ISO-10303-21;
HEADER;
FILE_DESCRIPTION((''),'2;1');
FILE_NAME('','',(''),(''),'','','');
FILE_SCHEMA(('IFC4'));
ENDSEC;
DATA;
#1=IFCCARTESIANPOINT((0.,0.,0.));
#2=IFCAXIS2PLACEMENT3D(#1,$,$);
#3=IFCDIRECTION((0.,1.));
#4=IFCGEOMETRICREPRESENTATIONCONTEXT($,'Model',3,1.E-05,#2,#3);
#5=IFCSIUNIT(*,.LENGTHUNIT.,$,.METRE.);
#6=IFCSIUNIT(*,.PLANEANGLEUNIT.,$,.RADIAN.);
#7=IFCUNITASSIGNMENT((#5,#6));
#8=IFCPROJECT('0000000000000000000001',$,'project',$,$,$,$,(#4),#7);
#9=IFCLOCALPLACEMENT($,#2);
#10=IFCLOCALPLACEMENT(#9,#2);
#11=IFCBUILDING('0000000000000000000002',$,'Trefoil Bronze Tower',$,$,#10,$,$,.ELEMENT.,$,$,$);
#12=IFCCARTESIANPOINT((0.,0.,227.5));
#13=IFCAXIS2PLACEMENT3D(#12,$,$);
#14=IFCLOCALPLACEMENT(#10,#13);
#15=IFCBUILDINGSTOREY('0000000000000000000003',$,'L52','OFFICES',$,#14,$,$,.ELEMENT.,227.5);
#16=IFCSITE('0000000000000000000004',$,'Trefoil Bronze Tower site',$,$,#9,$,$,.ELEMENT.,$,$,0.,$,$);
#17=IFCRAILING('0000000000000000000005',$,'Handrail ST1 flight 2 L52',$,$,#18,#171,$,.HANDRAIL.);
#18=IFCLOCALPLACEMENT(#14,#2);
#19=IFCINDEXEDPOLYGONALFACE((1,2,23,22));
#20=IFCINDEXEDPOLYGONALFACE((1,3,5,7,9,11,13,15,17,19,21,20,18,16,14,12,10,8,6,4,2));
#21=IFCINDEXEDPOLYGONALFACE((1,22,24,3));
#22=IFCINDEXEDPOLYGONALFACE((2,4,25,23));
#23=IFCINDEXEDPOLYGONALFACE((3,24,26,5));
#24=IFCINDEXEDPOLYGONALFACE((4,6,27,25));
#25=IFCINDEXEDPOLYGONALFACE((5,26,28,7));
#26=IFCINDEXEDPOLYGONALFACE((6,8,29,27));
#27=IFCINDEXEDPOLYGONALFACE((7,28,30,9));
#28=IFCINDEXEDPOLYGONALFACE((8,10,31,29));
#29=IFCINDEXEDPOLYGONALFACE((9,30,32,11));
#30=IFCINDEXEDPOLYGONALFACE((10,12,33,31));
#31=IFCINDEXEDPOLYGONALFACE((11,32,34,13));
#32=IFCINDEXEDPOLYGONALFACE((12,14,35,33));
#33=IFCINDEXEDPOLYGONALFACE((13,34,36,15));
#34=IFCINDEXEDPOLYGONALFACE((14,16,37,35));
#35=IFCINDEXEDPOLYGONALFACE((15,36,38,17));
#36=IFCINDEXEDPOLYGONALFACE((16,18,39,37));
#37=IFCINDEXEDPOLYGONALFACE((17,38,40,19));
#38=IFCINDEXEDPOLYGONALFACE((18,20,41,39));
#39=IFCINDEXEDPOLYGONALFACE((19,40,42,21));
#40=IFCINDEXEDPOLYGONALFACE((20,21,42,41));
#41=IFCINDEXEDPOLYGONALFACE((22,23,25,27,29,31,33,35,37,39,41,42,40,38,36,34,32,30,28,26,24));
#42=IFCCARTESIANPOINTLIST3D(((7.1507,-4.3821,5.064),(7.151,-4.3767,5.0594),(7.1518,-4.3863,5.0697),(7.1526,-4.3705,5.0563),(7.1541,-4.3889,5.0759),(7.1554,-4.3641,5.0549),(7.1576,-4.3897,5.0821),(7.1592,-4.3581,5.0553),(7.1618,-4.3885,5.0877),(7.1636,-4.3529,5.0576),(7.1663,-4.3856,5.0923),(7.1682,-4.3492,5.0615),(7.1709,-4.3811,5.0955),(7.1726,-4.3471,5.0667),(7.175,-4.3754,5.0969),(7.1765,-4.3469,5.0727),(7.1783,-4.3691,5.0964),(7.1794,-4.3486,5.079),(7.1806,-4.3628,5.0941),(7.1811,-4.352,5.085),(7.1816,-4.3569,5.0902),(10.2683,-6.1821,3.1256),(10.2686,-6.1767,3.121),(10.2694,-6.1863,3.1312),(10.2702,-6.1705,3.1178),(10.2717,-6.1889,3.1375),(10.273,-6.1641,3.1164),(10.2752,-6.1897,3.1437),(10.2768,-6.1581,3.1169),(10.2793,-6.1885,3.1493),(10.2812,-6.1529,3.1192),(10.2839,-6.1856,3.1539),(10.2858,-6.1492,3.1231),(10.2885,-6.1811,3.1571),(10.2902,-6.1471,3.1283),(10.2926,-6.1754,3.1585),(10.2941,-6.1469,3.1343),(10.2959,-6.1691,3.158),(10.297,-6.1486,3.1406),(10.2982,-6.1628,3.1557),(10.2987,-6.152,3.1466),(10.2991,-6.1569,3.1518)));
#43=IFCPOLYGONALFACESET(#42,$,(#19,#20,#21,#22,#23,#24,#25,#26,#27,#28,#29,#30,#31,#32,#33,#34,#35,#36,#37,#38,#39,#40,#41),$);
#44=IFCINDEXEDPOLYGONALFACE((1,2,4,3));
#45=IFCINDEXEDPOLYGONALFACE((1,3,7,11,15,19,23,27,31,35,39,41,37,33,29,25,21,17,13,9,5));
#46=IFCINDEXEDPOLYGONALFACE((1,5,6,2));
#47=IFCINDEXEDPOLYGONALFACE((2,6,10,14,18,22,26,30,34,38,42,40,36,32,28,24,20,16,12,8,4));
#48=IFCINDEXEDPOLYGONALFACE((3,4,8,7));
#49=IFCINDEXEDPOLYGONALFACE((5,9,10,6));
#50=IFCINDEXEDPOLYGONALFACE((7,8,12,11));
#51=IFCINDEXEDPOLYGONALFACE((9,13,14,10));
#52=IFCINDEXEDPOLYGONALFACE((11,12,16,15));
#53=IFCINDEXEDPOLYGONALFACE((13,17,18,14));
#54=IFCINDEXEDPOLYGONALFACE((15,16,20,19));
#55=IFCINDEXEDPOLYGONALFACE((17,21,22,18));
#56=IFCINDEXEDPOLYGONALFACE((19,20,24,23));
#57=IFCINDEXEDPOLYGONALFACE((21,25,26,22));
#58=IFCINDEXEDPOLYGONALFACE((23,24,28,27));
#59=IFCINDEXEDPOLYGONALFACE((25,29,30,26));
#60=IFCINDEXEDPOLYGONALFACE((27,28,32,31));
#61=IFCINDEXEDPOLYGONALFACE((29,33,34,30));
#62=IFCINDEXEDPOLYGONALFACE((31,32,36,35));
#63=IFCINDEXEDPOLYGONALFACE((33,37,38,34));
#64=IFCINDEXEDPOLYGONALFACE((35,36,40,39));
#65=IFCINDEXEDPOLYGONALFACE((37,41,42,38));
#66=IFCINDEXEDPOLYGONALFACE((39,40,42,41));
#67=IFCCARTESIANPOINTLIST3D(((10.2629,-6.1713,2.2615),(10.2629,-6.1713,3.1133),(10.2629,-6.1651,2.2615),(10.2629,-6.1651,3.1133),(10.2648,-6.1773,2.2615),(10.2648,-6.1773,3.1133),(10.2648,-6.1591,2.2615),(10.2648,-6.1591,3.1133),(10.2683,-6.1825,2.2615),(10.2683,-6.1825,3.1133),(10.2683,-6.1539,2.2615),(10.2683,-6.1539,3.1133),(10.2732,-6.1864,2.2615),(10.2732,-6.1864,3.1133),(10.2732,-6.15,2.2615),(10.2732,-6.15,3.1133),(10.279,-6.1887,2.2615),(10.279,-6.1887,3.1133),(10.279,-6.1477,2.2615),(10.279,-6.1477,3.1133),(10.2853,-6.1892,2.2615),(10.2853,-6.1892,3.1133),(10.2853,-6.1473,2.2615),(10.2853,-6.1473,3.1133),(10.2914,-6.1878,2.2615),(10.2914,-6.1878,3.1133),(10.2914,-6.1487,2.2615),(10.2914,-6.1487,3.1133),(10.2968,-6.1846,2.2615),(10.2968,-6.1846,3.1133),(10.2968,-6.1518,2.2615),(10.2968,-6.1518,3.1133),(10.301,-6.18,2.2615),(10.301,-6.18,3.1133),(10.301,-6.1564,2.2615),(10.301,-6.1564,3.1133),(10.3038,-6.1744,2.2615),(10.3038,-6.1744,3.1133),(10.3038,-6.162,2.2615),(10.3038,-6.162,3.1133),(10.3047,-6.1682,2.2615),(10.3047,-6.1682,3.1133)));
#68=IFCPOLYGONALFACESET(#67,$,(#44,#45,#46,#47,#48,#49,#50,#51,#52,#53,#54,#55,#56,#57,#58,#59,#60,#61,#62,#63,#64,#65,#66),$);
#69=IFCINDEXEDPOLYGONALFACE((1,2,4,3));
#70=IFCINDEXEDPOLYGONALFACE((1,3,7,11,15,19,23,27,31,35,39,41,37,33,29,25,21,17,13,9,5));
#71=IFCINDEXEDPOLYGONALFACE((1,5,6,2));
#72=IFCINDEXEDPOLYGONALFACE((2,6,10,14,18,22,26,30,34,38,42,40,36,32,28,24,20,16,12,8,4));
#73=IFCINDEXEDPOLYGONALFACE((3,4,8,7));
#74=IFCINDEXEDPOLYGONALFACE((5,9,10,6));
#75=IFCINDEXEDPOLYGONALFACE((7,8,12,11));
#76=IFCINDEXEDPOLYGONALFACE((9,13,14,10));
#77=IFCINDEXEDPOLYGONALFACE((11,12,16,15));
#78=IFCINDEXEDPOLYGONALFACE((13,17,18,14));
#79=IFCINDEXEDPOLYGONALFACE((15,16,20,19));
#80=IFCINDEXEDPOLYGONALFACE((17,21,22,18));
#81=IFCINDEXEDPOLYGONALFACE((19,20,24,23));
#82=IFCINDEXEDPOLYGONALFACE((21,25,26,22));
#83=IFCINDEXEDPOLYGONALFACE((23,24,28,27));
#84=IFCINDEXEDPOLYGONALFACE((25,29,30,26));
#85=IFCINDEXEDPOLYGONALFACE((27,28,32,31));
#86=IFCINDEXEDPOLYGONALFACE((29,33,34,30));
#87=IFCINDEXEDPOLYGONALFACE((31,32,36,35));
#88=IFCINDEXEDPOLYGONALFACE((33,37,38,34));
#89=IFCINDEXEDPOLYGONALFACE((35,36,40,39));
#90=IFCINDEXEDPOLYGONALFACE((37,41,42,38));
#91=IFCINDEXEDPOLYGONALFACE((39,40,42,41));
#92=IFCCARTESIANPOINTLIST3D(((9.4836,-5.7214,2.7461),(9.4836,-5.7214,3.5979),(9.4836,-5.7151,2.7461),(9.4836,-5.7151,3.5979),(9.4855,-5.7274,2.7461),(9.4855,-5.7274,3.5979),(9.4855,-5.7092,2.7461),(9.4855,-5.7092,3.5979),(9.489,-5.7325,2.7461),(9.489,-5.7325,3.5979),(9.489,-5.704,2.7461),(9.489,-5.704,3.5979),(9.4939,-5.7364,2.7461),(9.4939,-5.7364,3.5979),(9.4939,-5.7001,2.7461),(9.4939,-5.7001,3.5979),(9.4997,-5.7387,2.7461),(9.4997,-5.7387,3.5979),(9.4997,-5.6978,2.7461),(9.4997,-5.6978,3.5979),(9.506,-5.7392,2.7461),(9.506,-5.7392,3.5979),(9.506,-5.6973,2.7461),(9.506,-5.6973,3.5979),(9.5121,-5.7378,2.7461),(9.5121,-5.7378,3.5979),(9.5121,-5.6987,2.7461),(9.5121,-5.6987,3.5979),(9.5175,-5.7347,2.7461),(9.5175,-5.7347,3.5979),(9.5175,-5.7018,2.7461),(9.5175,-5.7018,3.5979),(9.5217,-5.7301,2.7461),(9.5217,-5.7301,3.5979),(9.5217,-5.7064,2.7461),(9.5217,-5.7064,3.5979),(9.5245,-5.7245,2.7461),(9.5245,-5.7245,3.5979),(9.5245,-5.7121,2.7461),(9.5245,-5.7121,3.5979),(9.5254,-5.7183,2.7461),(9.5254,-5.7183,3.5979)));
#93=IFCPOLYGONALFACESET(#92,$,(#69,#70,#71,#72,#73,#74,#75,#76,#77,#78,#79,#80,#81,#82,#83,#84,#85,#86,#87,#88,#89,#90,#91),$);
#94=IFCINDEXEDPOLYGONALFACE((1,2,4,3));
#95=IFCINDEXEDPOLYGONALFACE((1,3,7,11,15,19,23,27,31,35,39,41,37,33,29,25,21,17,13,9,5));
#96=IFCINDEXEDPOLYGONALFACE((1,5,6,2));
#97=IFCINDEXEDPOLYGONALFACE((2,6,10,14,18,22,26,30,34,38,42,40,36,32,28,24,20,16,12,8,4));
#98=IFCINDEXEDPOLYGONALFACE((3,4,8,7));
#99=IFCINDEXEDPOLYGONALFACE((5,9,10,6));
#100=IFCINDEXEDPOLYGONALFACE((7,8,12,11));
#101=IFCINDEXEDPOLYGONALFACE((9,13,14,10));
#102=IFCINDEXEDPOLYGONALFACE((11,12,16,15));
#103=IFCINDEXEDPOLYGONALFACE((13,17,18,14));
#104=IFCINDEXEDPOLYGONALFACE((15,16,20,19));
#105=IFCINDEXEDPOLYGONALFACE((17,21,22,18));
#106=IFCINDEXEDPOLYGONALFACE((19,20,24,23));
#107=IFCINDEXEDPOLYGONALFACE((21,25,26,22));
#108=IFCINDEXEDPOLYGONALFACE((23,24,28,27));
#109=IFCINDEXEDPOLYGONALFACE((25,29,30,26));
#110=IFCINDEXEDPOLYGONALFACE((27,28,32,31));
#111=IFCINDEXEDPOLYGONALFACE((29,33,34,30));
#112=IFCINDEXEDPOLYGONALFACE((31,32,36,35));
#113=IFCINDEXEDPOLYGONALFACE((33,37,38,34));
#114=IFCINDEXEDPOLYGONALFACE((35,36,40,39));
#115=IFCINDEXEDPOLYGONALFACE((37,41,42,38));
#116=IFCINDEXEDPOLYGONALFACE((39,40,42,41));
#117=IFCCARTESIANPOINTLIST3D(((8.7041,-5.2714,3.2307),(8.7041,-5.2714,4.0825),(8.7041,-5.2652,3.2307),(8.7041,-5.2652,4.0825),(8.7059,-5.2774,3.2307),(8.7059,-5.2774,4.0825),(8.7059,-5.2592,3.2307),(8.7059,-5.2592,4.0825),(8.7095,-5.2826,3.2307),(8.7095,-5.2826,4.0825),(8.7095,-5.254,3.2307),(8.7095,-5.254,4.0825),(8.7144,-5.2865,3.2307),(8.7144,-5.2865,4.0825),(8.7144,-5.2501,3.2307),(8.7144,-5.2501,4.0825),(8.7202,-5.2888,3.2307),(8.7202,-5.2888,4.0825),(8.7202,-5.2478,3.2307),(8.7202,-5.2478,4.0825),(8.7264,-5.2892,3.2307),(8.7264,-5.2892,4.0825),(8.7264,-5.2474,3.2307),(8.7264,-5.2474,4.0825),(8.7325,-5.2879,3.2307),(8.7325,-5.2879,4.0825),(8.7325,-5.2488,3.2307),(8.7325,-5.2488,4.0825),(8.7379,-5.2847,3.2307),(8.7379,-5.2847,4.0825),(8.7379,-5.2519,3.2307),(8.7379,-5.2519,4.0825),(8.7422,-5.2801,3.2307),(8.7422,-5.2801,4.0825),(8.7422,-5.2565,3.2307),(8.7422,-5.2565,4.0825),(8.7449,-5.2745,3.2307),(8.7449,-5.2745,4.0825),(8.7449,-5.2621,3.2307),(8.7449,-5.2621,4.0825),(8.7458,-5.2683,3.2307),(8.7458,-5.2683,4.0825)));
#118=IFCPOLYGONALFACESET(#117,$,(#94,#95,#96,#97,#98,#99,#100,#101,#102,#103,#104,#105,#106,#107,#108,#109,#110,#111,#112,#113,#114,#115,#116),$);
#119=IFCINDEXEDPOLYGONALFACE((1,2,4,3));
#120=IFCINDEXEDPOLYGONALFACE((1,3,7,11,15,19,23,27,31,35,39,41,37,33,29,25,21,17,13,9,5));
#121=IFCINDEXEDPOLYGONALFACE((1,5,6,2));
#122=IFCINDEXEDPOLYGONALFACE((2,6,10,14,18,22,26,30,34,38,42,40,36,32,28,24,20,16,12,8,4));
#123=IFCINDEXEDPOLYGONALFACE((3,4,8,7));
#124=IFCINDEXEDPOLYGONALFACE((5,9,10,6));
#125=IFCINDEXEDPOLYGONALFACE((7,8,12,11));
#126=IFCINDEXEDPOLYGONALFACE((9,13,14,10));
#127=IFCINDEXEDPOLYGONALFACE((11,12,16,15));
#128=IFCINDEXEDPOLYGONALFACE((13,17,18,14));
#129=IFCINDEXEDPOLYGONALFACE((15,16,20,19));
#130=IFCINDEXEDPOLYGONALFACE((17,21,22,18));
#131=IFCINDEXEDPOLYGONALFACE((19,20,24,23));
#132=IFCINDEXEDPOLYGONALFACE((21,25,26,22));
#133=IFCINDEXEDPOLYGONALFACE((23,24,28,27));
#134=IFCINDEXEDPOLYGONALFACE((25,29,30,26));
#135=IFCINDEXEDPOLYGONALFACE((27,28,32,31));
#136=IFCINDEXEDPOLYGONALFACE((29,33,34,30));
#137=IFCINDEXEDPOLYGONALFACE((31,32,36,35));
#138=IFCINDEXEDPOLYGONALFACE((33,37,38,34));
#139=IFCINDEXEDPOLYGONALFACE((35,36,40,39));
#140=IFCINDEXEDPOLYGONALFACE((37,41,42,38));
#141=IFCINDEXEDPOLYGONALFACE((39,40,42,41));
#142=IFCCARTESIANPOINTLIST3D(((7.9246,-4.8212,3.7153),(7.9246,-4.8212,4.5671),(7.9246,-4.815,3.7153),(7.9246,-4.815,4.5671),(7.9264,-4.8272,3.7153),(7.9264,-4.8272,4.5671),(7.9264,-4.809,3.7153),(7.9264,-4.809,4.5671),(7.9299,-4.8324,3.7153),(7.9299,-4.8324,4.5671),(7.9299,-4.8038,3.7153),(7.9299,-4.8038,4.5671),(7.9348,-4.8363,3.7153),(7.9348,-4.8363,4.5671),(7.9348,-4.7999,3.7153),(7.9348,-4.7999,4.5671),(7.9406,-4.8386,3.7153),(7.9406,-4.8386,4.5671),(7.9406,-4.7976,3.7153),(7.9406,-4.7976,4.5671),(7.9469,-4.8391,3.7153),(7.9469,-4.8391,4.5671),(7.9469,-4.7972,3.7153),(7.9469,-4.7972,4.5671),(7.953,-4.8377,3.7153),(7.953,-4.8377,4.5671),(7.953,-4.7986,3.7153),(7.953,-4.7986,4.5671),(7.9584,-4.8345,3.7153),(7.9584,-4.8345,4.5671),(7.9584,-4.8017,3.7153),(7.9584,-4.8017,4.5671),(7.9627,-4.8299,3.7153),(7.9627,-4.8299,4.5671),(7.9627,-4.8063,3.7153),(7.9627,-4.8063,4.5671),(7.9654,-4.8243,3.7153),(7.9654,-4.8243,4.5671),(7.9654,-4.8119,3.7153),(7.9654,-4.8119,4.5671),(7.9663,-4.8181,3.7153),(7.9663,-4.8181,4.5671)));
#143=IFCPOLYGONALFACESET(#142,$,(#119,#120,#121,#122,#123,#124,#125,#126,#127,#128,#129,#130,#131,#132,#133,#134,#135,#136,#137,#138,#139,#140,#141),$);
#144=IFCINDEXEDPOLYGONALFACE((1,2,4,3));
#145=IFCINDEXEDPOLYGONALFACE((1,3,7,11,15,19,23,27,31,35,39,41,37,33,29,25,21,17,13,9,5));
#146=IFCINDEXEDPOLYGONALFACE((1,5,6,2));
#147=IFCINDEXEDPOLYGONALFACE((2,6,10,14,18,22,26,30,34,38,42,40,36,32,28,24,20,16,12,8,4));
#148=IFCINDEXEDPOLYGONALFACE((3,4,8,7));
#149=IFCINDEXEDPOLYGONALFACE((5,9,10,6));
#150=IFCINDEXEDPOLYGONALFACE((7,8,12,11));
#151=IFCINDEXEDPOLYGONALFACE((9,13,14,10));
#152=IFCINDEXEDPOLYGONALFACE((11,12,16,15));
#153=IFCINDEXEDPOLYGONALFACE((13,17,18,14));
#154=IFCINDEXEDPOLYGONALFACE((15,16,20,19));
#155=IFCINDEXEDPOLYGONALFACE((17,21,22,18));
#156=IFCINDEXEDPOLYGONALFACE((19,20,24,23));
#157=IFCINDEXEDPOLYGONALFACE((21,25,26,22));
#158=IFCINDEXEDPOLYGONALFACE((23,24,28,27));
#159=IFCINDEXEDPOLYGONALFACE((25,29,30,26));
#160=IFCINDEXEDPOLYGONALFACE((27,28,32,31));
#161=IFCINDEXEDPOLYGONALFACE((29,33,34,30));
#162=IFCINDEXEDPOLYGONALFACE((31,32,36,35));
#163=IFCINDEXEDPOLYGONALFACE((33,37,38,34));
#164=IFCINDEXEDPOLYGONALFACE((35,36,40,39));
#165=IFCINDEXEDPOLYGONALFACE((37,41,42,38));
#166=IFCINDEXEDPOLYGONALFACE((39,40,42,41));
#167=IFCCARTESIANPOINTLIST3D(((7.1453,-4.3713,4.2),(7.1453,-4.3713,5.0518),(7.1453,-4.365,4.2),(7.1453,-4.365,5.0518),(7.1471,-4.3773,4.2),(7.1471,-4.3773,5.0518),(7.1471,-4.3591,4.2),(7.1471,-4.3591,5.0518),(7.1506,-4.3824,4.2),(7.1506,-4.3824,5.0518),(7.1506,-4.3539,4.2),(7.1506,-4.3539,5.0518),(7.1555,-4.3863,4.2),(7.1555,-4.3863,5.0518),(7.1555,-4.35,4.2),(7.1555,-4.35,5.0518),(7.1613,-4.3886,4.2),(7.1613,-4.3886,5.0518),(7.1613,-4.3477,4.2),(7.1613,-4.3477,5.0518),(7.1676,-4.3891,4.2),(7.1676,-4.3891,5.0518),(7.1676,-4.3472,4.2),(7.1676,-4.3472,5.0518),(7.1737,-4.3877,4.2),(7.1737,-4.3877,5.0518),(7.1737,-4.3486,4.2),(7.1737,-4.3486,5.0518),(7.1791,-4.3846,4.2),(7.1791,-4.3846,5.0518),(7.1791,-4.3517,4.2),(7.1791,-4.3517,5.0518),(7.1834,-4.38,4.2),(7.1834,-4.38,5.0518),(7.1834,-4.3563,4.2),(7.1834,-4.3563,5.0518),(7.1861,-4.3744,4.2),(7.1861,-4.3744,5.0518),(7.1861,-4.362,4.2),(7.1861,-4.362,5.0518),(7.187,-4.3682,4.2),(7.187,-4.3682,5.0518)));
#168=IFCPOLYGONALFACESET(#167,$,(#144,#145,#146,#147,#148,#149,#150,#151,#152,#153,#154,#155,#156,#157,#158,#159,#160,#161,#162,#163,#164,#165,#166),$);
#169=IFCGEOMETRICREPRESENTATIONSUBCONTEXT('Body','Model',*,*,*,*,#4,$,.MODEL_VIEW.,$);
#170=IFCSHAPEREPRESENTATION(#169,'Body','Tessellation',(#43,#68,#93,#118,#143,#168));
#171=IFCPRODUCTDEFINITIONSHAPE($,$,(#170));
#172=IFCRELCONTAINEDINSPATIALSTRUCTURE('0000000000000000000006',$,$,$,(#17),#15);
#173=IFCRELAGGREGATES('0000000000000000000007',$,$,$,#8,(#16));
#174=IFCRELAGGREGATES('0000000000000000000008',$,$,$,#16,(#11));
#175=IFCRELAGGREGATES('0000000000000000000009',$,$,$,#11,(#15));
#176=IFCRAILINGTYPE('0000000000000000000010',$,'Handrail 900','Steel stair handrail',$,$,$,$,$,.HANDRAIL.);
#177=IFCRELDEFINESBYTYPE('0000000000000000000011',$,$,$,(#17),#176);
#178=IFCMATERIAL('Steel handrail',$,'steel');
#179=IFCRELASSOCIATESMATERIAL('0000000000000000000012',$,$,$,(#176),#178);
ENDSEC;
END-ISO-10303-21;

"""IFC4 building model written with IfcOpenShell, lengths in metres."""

from ifc_helpers import new_model, si_unit, direction, frame, origin, origin_2d, place, context, subcontext, project, spatial, circle, extrude, material, type_object, element, save


model = new_model("IFC4")

# Units and contexts
model_context = context("Model", 3, precision=1e-05, world=origin(), true_north=direction((0.0, 1.0)))
body_context = subcontext(model_context, "Body", "Model", "MODEL_VIEW")
ifc_project = project(units=[si_unit("LENGTHUNIT", "METRE"), si_unit("PLANEANGLEUNIT", "RADIAN")], contexts=[model_context])

# Site, building, storey
site_placement = place(None, origin())
site = spatial("IfcSite", under=ifc_project, at=site_placement, Name="Trefoil Bronze Tower site", CompositionType="ELEMENT", RefElevation=0.0)
building_placement = place(site_placement, origin())
building = spatial("IfcBuilding", under=site, at=building_placement, Name="Trefoil Bronze Tower", CompositionType="ELEMENT")
storey_placement = place(building_placement, frame((0.0, 0.0, 227.5)))
storey = spatial("IfcBuildingStorey", under=building, at=storey_placement, Name="L52", Description="OFFICES", CompositionType="ELEMENT", Elevation=227.5)

# Railing
ifc_material_1 = material(Name="Steel handrail", Category="steel")
railing_type = type_object("IfcRailingType", Name="Handrail 900", Description="Steel stair handrail", PredefinedType="HANDRAIL", material=ifc_material_1)
railing_1_placement = place(storey_placement, frame((10.2837, -6.1682, 2.2615)))
element("IfcRailing", 1, at=railing_1_placement, inside=storey, type_object=railing_type, Name="Handrail ST1 flight 2 L52", PredefinedType="HANDRAIL", context=body_context, shape_type="SweptSolid", body=[
    extrude(circle(Radius=0.0239, at=origin_2d()), frame((0.0, 0.0, 0.876), z_axis=(-0.762503, 0.440246, 0.474102), x_axis=(-0.500012, -0.866018, 0.0)), (0.0, 0.0, 1.0), 4.0886),
    extrude(circle(Radius=0.021, at=origin_2d()), origin(), (0.0, 0.0, 1.0), 0.8518),
    extrude(circle(Radius=0.021, at=origin_2d()), frame((-0.7793, 0.45, 0.4846)), (0.0, 0.0, 1.0), 0.8518),
    extrude(circle(Radius=0.021, at=origin_2d()), frame((-1.5588, 0.8999, 0.9692)), (0.0, 0.0, 1.0), 0.8518),
    extrude(circle(Radius=0.021, at=origin_2d()), frame((-2.3384, 1.3501, 1.4539)), (0.0, 0.0, 1.0), 0.8518),
    extrude(circle(Radius=0.021, at=origin_2d()), frame((-3.1177, 1.8, 1.9385)), (0.0, 0.0, 1.0), 0.8518),
])

save(model, "model.ifc")
